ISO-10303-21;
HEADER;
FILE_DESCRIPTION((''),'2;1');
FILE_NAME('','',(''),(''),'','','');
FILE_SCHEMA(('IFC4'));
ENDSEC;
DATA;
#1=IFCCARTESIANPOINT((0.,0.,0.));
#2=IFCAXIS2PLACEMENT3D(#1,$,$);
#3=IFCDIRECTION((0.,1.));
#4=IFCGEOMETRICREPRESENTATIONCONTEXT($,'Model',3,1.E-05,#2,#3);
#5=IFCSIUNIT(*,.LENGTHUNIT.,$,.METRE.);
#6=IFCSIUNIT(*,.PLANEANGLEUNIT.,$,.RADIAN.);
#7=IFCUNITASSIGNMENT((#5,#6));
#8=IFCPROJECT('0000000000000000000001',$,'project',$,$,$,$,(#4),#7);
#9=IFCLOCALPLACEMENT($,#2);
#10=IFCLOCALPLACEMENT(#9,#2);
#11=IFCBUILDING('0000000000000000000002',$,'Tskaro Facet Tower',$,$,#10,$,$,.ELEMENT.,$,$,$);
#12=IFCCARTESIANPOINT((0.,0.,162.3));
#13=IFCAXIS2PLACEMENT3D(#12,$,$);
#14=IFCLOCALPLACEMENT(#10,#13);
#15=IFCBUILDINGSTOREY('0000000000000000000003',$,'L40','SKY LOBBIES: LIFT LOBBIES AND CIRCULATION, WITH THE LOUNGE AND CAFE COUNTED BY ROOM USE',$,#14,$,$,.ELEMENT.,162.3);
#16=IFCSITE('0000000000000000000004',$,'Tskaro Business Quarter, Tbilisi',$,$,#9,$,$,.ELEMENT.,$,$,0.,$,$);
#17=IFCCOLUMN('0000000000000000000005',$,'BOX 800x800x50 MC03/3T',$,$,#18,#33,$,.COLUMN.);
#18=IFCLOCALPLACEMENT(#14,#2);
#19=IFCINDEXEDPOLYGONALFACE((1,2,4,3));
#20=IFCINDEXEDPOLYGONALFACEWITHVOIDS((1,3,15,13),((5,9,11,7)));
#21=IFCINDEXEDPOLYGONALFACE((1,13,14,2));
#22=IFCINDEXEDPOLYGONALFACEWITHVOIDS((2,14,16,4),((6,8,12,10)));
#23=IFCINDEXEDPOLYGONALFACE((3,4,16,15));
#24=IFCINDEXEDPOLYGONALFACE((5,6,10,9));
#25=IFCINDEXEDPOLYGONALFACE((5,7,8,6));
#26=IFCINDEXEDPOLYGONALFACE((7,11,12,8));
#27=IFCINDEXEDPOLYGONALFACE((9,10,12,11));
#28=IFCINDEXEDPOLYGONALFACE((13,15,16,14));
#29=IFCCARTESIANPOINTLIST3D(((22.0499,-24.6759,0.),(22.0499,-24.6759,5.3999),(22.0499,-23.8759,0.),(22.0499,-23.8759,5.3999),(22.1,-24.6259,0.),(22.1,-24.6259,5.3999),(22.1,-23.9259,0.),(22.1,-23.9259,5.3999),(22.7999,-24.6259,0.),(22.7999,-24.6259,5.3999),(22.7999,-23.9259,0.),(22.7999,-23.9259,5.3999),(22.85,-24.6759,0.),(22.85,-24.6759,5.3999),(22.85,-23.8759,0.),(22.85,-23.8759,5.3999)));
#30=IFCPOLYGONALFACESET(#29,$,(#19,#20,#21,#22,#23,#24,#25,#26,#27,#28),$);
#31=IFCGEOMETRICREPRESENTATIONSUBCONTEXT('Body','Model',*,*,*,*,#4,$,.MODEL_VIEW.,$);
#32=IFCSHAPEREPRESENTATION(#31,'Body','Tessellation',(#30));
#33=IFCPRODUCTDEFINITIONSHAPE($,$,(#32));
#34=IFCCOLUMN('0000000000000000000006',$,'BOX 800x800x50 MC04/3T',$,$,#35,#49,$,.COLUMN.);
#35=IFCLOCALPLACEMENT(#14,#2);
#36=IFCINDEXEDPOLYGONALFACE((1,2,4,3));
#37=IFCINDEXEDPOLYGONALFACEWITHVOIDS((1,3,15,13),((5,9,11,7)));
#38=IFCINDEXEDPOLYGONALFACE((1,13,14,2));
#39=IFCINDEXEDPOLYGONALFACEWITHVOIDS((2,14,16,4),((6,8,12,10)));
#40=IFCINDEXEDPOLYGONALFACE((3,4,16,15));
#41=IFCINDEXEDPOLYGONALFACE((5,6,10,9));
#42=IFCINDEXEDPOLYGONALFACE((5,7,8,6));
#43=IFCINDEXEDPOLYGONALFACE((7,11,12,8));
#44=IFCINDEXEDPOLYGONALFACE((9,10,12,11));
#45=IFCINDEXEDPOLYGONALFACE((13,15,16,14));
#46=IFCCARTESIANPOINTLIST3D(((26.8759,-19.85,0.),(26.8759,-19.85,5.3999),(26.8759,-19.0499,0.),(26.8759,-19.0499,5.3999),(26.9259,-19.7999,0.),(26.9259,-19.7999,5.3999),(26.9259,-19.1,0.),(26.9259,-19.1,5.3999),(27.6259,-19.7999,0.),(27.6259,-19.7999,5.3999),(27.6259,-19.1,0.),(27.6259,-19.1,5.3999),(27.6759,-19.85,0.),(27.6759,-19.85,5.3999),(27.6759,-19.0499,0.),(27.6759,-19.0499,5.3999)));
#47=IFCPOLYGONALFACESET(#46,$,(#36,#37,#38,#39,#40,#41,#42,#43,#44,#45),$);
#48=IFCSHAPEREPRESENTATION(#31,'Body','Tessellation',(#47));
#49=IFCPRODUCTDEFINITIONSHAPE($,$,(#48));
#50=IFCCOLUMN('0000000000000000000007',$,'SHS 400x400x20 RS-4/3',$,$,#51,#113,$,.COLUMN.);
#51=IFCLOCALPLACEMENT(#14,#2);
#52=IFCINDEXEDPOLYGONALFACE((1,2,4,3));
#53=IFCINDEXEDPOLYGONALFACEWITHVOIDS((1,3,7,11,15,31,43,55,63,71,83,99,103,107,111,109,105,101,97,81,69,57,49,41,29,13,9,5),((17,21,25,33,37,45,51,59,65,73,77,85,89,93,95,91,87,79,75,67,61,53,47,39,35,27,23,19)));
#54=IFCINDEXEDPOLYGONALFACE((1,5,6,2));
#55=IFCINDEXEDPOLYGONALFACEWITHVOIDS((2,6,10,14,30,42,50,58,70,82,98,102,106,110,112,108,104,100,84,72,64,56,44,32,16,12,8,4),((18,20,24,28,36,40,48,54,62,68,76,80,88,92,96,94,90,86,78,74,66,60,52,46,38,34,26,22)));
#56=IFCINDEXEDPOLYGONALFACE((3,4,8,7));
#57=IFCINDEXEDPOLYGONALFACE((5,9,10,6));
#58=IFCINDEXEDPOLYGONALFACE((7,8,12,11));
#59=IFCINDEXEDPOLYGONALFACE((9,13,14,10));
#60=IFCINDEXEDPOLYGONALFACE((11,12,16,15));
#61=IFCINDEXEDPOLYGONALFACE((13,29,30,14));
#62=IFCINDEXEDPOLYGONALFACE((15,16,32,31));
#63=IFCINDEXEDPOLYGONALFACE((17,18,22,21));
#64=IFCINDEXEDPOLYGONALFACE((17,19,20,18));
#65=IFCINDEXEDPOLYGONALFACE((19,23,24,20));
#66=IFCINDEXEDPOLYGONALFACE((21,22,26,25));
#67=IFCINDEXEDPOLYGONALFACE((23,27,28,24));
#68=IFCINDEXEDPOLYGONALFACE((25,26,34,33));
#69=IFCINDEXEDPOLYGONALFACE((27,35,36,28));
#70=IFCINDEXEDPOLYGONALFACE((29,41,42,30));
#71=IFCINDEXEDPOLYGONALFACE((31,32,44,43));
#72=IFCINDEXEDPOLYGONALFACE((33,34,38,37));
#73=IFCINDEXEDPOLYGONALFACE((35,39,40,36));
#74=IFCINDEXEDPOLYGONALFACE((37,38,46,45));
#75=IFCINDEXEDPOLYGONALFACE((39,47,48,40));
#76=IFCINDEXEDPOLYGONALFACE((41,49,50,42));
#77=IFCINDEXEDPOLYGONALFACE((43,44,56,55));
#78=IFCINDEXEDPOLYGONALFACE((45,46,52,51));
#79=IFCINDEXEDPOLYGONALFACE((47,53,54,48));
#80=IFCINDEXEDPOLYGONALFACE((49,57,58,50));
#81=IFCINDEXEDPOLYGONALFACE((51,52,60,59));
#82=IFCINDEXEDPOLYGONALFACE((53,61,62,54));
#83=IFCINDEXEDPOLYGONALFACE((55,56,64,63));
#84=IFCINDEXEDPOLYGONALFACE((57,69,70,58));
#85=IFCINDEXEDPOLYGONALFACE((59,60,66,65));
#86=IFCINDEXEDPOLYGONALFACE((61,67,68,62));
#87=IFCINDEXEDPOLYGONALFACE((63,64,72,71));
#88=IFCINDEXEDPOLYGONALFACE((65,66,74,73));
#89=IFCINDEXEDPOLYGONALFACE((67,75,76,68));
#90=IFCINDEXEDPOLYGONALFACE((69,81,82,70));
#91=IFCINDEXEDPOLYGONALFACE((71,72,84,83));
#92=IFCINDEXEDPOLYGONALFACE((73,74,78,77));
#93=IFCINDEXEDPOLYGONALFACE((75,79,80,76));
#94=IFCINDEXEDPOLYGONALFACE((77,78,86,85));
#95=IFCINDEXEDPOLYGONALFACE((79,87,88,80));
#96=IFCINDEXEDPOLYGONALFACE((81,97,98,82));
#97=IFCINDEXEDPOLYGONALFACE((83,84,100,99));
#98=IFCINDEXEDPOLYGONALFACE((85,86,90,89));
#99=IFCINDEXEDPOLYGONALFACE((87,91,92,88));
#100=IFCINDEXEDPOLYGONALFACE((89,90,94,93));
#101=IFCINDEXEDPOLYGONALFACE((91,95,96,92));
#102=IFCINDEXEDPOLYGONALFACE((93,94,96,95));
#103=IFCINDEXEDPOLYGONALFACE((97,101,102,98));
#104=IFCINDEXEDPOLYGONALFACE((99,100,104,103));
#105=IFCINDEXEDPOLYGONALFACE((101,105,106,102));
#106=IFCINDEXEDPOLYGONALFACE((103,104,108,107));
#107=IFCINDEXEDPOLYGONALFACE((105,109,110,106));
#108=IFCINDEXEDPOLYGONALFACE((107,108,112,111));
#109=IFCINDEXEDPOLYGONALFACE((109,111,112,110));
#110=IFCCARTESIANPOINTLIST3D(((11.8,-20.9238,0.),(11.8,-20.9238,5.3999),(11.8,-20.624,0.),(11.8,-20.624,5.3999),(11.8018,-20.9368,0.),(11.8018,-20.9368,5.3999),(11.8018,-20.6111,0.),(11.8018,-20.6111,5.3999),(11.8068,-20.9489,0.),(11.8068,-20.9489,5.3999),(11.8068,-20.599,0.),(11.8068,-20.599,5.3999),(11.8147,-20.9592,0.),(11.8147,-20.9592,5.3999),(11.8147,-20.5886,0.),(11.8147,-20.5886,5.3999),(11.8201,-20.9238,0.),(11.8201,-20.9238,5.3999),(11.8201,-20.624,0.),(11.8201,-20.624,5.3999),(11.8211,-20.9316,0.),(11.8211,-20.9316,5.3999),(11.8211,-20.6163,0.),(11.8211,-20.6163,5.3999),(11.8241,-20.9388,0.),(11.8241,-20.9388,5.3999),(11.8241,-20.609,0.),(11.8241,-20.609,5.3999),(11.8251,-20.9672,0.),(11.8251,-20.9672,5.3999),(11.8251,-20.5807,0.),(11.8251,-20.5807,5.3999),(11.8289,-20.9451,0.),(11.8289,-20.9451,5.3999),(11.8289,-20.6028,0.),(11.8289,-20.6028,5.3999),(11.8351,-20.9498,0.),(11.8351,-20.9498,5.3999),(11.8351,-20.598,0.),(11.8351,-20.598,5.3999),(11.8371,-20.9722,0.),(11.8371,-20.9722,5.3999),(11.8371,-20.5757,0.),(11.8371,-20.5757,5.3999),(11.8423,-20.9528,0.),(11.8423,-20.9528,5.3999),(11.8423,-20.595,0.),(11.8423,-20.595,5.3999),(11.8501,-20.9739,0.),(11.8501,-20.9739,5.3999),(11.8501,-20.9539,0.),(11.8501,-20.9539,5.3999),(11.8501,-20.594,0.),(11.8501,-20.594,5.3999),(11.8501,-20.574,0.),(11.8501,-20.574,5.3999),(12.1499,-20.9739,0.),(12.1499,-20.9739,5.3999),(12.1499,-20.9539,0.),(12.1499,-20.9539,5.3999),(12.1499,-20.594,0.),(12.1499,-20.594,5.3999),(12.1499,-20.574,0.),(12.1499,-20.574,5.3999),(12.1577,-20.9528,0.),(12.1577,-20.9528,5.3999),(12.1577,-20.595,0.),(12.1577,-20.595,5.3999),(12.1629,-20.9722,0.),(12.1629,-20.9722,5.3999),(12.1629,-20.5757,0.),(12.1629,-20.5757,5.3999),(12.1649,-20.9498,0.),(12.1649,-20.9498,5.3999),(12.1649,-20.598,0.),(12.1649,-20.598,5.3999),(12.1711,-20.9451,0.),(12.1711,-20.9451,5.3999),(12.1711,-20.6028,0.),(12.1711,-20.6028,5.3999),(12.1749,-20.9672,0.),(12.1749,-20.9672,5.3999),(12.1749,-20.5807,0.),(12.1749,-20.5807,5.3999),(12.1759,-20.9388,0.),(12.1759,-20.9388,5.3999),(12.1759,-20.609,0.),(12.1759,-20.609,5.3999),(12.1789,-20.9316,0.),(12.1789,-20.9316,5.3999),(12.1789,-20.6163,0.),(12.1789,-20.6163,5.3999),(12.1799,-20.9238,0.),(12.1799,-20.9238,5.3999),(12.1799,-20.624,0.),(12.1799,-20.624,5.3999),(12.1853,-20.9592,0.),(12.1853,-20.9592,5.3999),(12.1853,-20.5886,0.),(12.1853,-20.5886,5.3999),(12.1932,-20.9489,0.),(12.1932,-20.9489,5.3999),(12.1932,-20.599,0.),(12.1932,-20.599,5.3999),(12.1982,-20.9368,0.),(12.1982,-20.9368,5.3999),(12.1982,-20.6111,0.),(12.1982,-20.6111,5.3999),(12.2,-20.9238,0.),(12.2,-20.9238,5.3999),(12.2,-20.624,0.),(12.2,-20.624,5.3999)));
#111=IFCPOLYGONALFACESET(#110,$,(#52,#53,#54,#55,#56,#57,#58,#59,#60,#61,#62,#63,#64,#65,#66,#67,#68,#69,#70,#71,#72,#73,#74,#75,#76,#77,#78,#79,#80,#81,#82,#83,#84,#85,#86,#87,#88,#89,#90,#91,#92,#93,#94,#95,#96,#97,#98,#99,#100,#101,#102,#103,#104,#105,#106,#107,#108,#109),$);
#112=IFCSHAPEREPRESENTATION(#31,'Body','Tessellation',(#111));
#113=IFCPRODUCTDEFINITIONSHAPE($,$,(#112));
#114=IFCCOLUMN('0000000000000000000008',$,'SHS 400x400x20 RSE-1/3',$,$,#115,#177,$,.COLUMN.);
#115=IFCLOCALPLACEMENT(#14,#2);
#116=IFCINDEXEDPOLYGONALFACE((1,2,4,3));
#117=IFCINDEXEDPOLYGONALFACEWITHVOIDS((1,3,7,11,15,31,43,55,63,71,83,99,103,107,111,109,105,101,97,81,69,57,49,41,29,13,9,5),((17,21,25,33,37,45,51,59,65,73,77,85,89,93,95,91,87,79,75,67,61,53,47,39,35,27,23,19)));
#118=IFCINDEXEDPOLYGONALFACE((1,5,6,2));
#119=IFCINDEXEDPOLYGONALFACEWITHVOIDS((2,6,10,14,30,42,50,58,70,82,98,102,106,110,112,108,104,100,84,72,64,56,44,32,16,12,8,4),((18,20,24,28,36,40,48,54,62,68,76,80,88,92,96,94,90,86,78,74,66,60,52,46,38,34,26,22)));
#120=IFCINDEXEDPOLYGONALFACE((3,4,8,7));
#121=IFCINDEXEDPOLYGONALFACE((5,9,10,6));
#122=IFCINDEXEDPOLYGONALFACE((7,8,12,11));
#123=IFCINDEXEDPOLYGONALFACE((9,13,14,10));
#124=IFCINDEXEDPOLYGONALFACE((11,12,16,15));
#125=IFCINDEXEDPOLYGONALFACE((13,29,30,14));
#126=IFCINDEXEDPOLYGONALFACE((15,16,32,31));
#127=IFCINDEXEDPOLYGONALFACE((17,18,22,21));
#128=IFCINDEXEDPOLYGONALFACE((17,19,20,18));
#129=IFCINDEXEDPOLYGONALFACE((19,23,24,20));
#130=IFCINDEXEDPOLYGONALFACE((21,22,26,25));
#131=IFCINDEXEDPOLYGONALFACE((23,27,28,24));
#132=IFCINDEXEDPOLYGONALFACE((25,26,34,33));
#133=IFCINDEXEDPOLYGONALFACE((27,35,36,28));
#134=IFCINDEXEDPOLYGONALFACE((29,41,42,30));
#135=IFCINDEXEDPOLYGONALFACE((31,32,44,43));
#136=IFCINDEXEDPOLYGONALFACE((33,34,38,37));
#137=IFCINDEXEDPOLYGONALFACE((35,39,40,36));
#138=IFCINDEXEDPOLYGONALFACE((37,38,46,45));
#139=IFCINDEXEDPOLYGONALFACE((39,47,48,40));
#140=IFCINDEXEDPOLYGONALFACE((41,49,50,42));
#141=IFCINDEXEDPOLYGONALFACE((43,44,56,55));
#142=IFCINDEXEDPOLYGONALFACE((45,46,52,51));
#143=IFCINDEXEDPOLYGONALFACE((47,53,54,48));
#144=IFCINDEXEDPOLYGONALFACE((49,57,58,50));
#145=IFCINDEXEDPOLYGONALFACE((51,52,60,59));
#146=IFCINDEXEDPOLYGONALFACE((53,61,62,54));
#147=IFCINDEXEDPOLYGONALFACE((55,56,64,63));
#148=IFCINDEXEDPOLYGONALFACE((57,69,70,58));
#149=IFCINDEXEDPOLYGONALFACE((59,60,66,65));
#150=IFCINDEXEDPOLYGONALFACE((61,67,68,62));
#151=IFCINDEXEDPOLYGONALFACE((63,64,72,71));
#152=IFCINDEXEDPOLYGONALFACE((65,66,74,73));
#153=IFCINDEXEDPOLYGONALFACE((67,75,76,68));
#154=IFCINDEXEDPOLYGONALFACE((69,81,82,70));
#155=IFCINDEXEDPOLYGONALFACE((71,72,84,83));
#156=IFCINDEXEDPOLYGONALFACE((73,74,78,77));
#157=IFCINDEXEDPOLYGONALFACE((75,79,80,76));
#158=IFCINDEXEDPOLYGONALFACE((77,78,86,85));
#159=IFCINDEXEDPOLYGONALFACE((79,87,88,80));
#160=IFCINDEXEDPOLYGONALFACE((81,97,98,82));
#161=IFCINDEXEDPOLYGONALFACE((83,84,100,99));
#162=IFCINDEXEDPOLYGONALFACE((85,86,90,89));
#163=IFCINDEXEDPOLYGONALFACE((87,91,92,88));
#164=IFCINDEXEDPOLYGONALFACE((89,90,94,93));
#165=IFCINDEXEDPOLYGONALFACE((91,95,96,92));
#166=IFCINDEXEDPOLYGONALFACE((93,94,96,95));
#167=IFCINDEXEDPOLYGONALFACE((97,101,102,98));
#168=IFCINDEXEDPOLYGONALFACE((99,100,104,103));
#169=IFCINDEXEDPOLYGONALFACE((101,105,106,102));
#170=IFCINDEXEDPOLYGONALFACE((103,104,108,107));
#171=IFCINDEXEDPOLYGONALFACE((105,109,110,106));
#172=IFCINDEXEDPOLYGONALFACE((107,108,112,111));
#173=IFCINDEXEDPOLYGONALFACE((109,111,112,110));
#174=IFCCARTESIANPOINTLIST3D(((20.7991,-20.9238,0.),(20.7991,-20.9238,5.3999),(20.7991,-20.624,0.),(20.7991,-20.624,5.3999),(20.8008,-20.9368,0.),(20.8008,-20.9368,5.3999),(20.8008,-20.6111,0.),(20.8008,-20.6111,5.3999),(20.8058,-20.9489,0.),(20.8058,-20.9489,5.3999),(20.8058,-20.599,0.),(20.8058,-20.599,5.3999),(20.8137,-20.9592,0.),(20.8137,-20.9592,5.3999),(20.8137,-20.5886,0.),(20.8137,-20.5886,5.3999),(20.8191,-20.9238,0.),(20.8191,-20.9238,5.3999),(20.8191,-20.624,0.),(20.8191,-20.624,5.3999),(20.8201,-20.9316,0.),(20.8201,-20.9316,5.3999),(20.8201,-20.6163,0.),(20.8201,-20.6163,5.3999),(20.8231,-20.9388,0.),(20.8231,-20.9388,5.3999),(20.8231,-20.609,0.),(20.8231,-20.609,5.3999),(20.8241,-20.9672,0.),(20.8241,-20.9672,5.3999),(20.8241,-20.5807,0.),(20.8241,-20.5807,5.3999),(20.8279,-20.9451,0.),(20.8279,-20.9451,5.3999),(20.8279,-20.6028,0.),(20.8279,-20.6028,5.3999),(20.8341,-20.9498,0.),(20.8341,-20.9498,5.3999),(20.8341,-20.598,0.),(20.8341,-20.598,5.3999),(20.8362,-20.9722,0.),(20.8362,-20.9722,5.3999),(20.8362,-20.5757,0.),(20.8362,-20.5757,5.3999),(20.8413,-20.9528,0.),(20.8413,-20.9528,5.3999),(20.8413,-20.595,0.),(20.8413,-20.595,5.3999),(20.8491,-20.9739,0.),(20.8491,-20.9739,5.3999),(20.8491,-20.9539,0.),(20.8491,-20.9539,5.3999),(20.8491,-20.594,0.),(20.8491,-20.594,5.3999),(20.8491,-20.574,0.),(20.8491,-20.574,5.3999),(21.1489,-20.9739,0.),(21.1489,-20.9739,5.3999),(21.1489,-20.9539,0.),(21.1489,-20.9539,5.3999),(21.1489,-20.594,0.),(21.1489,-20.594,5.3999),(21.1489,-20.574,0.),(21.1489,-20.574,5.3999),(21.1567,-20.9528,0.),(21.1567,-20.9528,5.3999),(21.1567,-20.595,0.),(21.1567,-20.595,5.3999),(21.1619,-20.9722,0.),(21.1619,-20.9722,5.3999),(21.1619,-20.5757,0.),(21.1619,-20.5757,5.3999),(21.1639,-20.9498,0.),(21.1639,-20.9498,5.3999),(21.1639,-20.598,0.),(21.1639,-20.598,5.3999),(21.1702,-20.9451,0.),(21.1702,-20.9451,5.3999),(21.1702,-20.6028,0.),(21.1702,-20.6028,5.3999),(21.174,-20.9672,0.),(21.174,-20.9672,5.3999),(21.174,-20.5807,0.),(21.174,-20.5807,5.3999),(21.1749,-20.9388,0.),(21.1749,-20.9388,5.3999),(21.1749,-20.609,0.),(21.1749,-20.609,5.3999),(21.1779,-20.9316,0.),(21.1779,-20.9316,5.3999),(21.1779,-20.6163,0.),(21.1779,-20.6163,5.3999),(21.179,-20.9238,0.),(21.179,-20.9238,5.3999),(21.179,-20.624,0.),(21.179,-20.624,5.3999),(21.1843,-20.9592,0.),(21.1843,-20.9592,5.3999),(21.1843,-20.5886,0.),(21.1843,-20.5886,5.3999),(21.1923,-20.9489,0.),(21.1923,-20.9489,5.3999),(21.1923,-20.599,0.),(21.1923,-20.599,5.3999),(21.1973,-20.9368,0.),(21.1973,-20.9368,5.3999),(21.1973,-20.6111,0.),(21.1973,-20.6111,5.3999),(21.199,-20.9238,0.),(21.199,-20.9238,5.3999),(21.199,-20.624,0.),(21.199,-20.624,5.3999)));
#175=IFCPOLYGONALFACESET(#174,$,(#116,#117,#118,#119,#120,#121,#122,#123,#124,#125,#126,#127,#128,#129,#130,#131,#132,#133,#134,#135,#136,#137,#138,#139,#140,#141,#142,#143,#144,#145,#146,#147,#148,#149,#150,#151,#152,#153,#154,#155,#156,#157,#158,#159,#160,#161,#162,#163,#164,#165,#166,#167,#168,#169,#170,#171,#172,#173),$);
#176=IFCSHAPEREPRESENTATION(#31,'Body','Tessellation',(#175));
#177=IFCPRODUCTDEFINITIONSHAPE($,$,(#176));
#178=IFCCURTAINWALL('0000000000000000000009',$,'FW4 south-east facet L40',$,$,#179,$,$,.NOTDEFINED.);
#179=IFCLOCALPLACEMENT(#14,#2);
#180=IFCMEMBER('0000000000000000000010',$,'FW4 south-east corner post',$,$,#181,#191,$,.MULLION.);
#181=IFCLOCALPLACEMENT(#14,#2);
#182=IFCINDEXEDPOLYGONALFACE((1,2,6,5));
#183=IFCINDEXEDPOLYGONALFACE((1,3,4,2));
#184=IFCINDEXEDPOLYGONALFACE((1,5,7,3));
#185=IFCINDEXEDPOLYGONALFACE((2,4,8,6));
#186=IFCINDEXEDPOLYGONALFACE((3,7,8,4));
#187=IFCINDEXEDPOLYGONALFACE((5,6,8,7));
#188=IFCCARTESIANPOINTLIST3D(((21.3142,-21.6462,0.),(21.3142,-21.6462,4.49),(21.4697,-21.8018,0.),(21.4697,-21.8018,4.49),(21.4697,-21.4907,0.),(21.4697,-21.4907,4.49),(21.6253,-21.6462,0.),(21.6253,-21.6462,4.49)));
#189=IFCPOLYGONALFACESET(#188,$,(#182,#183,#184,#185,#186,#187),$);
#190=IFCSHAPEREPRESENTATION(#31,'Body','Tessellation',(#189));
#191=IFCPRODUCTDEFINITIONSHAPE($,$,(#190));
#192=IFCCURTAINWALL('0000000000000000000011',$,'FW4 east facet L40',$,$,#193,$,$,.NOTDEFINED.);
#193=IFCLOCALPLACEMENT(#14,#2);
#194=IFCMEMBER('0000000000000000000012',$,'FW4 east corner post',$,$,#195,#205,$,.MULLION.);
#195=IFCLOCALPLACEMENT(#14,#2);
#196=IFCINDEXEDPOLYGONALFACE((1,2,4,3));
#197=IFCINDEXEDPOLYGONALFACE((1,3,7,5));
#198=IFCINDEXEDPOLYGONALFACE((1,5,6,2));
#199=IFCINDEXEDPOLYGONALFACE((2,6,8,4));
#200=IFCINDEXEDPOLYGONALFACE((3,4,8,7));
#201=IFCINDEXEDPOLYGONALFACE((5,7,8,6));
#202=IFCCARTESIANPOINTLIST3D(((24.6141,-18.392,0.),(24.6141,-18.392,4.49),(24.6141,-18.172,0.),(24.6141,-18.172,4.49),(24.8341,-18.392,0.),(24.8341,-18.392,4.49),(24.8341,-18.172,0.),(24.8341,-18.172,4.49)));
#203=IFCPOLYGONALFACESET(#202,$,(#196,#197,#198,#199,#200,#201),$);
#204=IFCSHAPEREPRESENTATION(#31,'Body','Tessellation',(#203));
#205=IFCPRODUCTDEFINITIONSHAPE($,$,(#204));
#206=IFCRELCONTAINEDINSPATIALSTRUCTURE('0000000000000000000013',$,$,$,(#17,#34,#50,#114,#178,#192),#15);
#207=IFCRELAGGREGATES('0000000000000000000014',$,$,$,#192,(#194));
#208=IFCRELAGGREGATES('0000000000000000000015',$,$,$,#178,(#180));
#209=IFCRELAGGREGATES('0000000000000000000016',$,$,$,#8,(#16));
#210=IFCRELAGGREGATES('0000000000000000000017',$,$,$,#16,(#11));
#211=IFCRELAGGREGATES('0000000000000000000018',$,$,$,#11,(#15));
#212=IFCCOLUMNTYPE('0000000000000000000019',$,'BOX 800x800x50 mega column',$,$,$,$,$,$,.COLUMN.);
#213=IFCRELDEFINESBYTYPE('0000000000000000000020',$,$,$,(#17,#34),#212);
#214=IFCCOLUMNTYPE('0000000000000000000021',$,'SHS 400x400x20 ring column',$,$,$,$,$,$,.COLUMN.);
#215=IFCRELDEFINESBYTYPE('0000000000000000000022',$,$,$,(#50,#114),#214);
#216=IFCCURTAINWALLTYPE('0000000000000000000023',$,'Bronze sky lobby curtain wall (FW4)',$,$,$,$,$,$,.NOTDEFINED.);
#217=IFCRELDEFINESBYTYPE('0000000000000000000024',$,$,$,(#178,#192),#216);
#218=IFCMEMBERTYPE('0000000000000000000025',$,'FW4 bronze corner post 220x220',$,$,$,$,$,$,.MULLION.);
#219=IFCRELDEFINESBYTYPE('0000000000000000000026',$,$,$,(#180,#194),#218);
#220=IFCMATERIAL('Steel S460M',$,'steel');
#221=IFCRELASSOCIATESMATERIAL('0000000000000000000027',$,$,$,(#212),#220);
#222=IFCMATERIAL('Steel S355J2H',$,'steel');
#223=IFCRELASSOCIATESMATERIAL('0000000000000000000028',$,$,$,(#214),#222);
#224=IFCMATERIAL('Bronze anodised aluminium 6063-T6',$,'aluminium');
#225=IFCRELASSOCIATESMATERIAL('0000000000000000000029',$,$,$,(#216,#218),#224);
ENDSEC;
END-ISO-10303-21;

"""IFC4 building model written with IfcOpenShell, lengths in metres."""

from ifc_helpers import new_model, si_unit, direction, frame, origin, origin_2d, place, context, subcontext, project, spatial, rectangle, hollow_rectangle, extrude, material, material_profile, profile_set, type_object, element, aggregate, save


model = new_model("IFC4")

# Units and contexts
model_context = context("Model", 3, precision=1e-05, world=origin(), true_north=direction((0.0, 1.0)))
body_context = subcontext(model_context, "Body", "Model", "MODEL_VIEW")
ifc_project = project(units=[si_unit("LENGTHUNIT", "METRE"), si_unit("PLANEANGLEUNIT", "RADIAN")], contexts=[model_context])

# Site, building, storey
site_placement = place(None, origin())
site = spatial("IfcSite", under=ifc_project, at=site_placement, Name="Tskaro Business Quarter, Tbilisi", CompositionType="ELEMENT", RefElevation=0.0)
building_placement = place(site_placement, origin())
building = spatial("IfcBuilding", under=site, at=building_placement, Name="Tskaro Facet Tower", CompositionType="ELEMENT")
storey_placement = place(building_placement, frame((0.0, 0.0, 162.3)))
storey = spatial("IfcBuildingStorey", under=building, at=storey_placement, Name="L40", Description="SKY LOBBIES: LIFT LOBBIES AND CIRCULATION, WITH THE LOUNGE AND CAFE COUNTED BY ROOM USE", CompositionType="ELEMENT", Elevation=162.3)

# Columns
ifc_material_1 = material(Name="Steel S460M", Category="steel")
ifc_material_profile_1 = material_profile(ifc_material_1, hollow_rectangle(XDim=0.8, YDim=0.8, WallThickness=0.05, at=origin_2d()), Name="BOX 800x800x50")
ifc_profile_set_1 = profile_set([ifc_material_profile_1], Name="Steel S460M")
column_type_1 = type_object("IfcColumnType", Name="BOX 800x800x50 mega column", PredefinedType="COLUMN", material=ifc_profile_set_1)
for number, where, z_axis, x_axis, name in (
    (1, (22.45, -24.2759, 0.0), (0.0, 0.0, 1.0), (1.0, 0.0, 0.0), "BOX 800x800x50 MC03/3T"),
    (2, (27.2759, -19.45, 0.0), (0.0, 0.0, 1.0), (1.0, 0.0, 0.0), "BOX 800x800x50 MC04/3T"),
):
    element("IfcColumn", number, at=place(storey_placement, frame(where, z_axis=z_axis, x_axis=x_axis)), inside=storey, type_object=column_type_1, Name=name, PredefinedType="COLUMN", context=body_context, shape_type="SweptSolid", body=[
        extrude(hollow_rectangle(XDim=0.8, YDim=0.8, WallThickness=0.05, at=origin_2d()), origin(), (0.0, 0.0, 1.0), 5.3999),
    ])
ifc_material_2 = material(Name="Steel S355J2H", Category="steel")
ifc_material_profile_2 = material_profile(ifc_material_2, hollow_rectangle(XDim=0.3999, YDim=0.3999, WallThickness=0.02, InnerFilletRadius=0.03, OuterFilletRadius=0.05, at=origin_2d()), Name="SHS 400x400x20")
ifc_profile_set_2 = profile_set([ifc_material_profile_2], Name="Steel S355J2H")
column_type_2 = type_object("IfcColumnType", Name="SHS 400x400x20 ring column", PredefinedType="COLUMN", material=ifc_profile_set_2)
for number, where, z_axis, x_axis, name in (
    (3, (12.0, -20.7739, 0.0), (0.0, 0.0, 1.0), (1.0, 0.0, 0.0), "SHS 400x400x20 RS-4/3"),
    (4, (20.999, -20.7739, 0.0), (0.0, 0.0, 1.0), (1.0, 0.0, 0.0), "SHS 400x400x20 RSE-1/3"),
):
    element("IfcColumn", number, at=place(storey_placement, frame(where, z_axis=z_axis, x_axis=x_axis)), inside=storey, type_object=column_type_2, Name=name, PredefinedType="COLUMN", context=body_context, shape_type="SweptSolid", body=[
        extrude(hollow_rectangle(XDim=0.3999, YDim=0.3999, WallThickness=0.02, InnerFilletRadius=0.03, OuterFilletRadius=0.05, at=origin_2d()), origin(), (0.0, 0.0, 1.0), 5.3999),
    ])

# Curtain walls, members
ifc_material_3 = material(Name="Bronze anodised aluminium 6063-T6", Category="aluminium")
curtain_wall_type = type_object("IfcCurtainWallType", Name="Bronze sky lobby curtain wall (FW4)", PredefinedType="NOTDEFINED", material=ifc_material_3)
curtain_wall_1_placement = place(storey_placement, origin())
curtain_wall_1 = element("IfcCurtainWall", 5, at=curtain_wall_1_placement, inside=storey, type_object=curtain_wall_type, Name="FW4 south-east facet L40", PredefinedType="NOTDEFINED")
ifc_material_profile_3 = material_profile(ifc_material_3, rectangle(XDim=0.22, YDim=0.22, at=origin_2d()), Name="Corner post 220x220")
ifc_profile_set_3 = profile_set([ifc_material_profile_3], Name="Bronze anodised aluminium 6063-T6")
member_type_1 = type_object("IfcMemberType", Name="FW4 bronze corner post 220x220", PredefinedType="MULLION", material=ifc_profile_set_3)
member_1_placement = place(storey_placement, frame((21.4697, -21.6462, 0.0), z_axis=(0.0, 0.0, 1.0), x_axis=(0.707107, 0.707107, 0.0)))
member_1 = element("IfcMember", 6, at=member_1_placement, type_object=member_type_1, Name="FW4 south-east corner post", PredefinedType="MULLION", context=body_context, shape_type="SweptSolid", body=[
    extrude(rectangle(XDim=0.22, YDim=0.22, at=origin_2d()), origin(), (0.0, 0.0, 1.0), 4.49),
])
curtain_wall_2_placement = place(storey_placement, origin())
curtain_wall_2 = element("IfcCurtainWall", 7, at=curtain_wall_2_placement, inside=storey, type_object=curtain_wall_type, Name="FW4 east facet L40", PredefinedType="NOTDEFINED")
member_2_placement = place(storey_placement, frame((24.7241, -18.282, 0.0), z_axis=(0.0, 0.0, 1.0), x_axis=(0.0, 1.0, 0.0)))
member_2 = element("IfcMember", 8, at=member_2_placement, type_object=member_type_1, Name="FW4 east corner post", PredefinedType="MULLION", context=body_context, shape_type="SweptSolid", body=[
    extrude(rectangle(XDim=0.22, YDim=0.22, at=origin_2d()), origin(), (0.0, 0.0, 1.0), 4.49),
])

aggregate(curtain_wall_2, [member_2])

aggregate(curtain_wall_1, [member_1])

save(model, "model.ifc")
